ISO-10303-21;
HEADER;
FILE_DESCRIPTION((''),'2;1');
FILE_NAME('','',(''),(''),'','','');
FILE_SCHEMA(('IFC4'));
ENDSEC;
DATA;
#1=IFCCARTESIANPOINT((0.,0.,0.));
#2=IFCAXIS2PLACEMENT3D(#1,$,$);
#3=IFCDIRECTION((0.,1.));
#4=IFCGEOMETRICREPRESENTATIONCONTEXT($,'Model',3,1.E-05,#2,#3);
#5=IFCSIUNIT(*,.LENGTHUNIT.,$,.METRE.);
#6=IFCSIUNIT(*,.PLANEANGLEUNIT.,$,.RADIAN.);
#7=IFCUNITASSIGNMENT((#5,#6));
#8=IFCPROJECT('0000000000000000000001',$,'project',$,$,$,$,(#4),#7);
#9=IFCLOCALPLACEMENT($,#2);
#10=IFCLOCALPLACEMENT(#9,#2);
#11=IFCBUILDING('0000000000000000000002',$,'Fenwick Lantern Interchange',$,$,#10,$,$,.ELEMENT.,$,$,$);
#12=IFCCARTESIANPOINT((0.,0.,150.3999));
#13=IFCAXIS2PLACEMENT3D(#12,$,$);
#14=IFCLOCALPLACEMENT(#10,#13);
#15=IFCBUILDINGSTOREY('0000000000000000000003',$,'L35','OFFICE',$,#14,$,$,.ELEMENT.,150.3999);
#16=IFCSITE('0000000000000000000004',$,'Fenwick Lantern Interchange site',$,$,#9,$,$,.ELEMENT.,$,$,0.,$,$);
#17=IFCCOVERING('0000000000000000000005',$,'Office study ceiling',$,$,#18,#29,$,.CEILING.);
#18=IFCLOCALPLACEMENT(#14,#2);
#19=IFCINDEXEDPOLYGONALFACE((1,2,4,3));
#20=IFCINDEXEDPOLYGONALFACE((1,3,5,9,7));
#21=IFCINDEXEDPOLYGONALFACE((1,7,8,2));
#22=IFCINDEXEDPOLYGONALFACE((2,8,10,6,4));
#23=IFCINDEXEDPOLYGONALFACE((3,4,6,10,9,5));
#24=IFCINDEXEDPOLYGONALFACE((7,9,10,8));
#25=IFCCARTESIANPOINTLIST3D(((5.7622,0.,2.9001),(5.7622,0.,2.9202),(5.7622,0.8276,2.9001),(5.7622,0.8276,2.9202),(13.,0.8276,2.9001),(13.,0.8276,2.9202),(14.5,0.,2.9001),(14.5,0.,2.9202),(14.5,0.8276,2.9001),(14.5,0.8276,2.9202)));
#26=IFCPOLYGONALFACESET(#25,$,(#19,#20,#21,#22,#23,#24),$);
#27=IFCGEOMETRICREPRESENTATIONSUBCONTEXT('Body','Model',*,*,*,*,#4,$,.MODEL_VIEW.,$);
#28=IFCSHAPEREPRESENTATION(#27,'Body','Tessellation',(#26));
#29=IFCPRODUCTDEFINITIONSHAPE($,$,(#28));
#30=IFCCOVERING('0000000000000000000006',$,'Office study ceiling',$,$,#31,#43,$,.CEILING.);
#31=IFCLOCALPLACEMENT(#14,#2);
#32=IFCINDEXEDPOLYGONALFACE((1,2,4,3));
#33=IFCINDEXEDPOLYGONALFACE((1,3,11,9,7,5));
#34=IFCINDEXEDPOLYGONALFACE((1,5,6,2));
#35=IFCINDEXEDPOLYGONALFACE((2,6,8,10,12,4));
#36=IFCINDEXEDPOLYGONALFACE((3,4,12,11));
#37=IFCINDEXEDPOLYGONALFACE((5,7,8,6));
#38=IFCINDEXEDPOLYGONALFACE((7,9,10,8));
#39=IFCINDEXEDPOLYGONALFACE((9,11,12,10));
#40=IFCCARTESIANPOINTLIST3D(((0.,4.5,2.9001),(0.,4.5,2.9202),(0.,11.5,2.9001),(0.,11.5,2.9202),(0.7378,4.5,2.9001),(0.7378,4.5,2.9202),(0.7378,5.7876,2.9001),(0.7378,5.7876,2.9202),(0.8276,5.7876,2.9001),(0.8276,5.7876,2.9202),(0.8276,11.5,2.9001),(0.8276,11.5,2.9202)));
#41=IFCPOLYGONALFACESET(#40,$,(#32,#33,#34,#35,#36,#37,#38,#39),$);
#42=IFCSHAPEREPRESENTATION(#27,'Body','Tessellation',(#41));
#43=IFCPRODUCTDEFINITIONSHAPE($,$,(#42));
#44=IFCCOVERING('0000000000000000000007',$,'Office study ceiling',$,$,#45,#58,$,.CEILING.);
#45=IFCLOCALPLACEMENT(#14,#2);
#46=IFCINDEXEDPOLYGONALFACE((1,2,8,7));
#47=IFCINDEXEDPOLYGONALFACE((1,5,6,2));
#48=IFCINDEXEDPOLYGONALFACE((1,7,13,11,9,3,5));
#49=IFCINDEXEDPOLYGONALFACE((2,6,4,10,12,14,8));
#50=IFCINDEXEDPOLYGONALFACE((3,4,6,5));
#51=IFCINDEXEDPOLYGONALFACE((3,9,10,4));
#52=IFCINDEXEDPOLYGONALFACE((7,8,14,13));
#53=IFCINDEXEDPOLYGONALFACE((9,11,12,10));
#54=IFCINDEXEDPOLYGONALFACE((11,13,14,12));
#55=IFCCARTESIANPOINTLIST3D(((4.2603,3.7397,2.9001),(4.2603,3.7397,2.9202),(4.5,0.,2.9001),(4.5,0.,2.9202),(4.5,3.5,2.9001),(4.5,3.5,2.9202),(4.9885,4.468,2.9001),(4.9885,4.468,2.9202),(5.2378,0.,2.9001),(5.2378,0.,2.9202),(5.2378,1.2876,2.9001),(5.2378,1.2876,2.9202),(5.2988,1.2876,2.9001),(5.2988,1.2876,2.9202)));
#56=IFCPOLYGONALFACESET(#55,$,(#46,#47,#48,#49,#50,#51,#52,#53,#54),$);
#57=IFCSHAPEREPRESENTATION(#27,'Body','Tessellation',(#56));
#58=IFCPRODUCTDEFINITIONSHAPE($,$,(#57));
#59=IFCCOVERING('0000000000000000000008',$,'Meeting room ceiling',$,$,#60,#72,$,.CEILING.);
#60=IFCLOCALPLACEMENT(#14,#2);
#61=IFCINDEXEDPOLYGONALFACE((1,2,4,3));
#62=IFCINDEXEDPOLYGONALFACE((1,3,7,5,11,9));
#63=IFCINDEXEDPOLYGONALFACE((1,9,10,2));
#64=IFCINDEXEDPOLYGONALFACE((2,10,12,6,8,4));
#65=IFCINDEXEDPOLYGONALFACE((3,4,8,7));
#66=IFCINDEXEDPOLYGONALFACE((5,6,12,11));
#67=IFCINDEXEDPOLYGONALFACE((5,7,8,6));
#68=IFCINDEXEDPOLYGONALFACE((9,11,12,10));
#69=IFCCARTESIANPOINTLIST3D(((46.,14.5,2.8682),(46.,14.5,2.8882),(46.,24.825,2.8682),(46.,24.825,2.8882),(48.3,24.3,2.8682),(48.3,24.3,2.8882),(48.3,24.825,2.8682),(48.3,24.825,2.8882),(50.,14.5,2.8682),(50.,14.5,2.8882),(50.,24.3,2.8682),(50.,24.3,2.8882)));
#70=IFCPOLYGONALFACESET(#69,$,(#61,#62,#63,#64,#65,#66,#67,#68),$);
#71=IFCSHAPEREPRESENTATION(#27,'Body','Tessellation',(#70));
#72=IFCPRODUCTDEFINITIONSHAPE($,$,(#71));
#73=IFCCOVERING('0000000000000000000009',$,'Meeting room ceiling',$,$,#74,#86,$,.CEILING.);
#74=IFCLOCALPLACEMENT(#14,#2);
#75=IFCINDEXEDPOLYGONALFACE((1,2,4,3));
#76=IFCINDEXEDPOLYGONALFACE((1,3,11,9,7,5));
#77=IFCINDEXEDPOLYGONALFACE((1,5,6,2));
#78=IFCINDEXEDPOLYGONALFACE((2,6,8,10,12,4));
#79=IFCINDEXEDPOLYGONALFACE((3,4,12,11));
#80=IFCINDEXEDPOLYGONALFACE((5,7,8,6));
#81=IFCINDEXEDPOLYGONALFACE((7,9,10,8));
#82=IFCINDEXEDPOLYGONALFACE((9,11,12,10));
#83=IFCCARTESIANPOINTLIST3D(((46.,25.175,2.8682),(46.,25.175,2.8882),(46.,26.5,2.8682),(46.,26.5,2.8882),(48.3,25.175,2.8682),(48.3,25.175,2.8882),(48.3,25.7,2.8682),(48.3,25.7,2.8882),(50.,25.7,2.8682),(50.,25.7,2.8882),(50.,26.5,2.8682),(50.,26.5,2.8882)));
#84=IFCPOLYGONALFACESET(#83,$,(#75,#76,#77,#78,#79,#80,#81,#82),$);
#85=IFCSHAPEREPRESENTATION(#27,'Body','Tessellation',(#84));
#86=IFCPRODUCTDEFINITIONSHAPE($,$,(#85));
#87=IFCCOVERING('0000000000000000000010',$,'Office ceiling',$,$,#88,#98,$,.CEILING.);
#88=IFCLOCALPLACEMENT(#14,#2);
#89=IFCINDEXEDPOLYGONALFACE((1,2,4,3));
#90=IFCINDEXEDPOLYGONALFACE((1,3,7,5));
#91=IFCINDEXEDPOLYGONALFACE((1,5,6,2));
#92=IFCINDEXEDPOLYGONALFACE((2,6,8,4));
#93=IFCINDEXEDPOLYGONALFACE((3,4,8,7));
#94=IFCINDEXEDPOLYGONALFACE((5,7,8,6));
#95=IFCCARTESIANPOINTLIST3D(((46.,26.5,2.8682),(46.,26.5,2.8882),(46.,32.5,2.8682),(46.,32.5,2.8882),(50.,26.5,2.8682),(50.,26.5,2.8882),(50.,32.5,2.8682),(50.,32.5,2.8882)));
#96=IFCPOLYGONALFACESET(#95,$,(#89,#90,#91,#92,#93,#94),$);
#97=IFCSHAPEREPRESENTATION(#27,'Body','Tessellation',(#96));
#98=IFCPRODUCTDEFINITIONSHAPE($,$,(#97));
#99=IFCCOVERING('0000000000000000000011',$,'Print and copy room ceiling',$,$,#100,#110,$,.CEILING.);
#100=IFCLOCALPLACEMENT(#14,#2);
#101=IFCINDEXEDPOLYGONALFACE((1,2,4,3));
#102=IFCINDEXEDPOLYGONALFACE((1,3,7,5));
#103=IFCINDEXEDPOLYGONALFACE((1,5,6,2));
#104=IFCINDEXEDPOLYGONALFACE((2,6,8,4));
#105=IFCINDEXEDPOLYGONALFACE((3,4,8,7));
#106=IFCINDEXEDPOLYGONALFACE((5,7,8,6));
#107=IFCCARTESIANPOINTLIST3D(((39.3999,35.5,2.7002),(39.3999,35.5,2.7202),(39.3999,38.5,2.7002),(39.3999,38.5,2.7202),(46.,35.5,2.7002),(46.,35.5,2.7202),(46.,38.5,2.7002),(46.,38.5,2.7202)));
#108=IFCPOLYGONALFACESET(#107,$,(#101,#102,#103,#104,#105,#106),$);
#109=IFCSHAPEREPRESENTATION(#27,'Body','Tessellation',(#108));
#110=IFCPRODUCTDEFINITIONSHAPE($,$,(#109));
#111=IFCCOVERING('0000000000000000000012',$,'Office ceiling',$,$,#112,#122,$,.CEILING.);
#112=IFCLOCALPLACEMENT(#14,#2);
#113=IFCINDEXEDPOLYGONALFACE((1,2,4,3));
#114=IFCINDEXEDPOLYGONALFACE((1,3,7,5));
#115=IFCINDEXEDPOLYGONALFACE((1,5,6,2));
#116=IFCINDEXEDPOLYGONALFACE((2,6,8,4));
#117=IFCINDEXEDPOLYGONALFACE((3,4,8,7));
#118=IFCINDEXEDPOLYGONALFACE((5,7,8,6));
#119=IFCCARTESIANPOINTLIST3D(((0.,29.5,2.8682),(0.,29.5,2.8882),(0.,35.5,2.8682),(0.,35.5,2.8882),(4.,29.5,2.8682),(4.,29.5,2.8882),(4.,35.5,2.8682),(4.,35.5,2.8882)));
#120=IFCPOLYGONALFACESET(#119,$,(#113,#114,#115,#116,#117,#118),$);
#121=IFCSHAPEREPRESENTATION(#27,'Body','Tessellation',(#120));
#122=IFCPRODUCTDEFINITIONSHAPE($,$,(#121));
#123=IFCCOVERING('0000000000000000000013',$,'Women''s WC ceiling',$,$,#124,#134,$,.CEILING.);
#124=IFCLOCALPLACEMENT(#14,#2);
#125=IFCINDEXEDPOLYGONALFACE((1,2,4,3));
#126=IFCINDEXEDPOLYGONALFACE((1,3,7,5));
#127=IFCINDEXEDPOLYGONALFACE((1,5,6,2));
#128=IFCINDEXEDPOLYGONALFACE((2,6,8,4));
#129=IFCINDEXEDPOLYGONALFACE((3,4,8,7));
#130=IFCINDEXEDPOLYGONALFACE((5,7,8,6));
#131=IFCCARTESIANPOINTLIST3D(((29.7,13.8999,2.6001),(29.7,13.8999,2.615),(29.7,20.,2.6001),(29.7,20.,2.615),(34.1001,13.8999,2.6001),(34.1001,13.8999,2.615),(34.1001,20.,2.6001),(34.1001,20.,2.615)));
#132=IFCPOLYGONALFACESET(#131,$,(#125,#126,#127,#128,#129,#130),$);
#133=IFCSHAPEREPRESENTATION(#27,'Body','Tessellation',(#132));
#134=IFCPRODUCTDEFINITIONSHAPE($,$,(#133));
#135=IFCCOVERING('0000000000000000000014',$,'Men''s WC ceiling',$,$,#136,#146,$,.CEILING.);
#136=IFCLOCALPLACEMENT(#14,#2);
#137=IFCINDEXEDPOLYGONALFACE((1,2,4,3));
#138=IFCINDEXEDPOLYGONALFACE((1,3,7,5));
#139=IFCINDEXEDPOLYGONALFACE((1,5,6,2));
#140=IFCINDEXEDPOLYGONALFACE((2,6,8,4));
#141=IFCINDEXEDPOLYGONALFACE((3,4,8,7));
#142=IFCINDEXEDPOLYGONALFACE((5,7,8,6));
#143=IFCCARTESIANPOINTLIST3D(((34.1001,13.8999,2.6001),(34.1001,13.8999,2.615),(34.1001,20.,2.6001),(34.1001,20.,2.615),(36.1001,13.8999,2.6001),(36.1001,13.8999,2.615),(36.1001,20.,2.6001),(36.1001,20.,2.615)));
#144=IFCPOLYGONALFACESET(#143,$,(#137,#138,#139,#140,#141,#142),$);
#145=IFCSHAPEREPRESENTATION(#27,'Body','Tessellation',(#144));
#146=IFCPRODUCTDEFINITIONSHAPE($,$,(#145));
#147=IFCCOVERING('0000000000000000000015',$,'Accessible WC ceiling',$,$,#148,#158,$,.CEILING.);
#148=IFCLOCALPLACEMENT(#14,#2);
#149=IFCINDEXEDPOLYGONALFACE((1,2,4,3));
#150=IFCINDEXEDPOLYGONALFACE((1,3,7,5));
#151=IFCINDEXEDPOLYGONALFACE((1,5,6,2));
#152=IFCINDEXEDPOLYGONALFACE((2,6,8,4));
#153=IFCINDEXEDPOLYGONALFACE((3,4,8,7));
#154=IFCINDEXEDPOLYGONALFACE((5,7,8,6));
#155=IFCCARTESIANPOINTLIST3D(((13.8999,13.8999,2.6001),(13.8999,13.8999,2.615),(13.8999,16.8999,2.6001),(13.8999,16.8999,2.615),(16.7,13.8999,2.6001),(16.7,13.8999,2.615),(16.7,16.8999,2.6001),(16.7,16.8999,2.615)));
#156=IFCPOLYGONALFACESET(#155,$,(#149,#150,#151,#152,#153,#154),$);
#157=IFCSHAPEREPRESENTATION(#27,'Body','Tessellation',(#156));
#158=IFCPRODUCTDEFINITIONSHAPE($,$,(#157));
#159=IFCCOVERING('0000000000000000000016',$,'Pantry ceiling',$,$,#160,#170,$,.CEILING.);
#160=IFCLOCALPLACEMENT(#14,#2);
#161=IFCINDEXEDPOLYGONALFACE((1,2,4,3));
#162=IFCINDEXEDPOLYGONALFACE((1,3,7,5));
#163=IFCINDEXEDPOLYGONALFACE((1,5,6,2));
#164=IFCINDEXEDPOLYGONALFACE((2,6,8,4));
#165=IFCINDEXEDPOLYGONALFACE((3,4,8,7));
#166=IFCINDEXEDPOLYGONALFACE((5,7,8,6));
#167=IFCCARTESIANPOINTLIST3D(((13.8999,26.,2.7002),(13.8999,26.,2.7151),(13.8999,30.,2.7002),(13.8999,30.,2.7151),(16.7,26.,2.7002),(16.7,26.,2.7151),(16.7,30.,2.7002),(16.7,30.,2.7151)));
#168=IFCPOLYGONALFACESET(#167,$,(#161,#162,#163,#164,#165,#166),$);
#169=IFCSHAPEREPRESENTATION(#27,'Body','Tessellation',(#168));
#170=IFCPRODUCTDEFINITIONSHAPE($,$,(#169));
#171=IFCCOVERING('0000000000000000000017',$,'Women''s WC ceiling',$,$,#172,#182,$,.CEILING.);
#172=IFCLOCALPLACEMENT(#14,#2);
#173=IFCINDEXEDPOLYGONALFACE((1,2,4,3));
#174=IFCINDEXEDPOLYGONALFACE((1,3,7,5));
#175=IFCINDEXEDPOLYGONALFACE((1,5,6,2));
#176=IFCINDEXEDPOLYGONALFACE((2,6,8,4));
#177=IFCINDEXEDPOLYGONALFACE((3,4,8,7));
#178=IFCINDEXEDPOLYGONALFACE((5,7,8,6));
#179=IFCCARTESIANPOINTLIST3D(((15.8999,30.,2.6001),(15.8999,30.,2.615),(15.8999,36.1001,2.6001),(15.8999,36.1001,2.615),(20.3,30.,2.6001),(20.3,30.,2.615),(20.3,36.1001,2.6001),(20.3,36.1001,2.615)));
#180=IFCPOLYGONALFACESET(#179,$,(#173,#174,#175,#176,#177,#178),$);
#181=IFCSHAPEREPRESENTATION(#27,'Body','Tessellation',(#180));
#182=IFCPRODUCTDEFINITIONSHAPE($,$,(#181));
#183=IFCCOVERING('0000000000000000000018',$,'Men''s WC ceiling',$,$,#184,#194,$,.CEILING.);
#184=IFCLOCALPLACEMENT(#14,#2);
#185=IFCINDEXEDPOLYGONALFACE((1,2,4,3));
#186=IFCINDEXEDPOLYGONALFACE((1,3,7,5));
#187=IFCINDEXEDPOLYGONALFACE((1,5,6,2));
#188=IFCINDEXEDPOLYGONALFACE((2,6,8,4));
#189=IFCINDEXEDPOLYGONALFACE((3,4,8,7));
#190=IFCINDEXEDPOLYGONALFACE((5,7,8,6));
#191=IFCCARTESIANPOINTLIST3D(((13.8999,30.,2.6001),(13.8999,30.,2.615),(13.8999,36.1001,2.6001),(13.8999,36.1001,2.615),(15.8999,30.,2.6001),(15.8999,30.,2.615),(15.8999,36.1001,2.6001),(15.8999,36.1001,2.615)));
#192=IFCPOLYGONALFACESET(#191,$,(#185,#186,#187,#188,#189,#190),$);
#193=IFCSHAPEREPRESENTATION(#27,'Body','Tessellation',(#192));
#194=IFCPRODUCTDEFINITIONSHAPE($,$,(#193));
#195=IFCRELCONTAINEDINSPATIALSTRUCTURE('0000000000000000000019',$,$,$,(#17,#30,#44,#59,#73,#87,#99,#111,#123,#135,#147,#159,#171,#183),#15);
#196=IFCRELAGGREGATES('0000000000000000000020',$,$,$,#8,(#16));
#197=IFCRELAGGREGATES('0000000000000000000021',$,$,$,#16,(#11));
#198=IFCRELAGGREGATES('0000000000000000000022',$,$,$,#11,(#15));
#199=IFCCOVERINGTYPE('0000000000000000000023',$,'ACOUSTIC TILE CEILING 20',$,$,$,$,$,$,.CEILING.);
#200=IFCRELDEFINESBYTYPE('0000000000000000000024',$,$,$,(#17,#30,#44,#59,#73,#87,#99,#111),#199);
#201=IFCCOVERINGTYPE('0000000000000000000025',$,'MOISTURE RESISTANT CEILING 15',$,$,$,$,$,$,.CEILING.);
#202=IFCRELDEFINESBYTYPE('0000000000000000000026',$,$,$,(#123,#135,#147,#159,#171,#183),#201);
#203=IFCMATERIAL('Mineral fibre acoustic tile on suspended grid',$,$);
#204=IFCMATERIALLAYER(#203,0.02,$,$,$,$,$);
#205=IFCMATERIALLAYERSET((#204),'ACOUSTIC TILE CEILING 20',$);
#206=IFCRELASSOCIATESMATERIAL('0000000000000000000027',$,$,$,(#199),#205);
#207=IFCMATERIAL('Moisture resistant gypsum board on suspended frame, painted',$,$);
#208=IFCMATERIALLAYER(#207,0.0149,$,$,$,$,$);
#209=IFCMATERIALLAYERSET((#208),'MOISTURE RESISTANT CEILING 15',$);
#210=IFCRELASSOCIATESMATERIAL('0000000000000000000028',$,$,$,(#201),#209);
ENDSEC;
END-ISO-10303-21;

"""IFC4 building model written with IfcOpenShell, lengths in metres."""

from ifc_helpers import new_model, si_unit, direction, frame, origin, place, context, subcontext, project, spatial, polyline, outline, extrude, material, layer, layer_set, type_object, element, save


model = new_model("IFC4")

# Units and contexts
model_context = context("Model", 3, precision=1e-05, world=origin(), true_north=direction((0.0, 1.0)))
body_context = subcontext(model_context, "Body", "Model", "MODEL_VIEW")
ifc_project = project(units=[si_unit("LENGTHUNIT", "METRE"), si_unit("PLANEANGLEUNIT", "RADIAN")], contexts=[model_context])

# Site, building, storey
site_placement = place(None, origin())
site = spatial("IfcSite", under=ifc_project, at=site_placement, Name="Fenwick Lantern Interchange site", CompositionType="ELEMENT", RefElevation=0.0)
building_placement = place(site_placement, origin())
building = spatial("IfcBuilding", under=site, at=building_placement, Name="Fenwick Lantern Interchange", CompositionType="ELEMENT")
storey_placement = place(building_placement, frame((0.0, 0.0, 150.3999)))
storey = spatial("IfcBuildingStorey", under=building, at=storey_placement, Name="L35", Description="OFFICE", CompositionType="ELEMENT", Elevation=150.3999)

# Coverings
ifc_material_1 = material(Name="Mineral fibre acoustic tile on suspended grid")
ifc_layer_1 = layer(ifc_material_1, 0.02)
ifc_layer_set_1 = layer_set([ifc_layer_1], Name="ACOUSTIC TILE CEILING 20")
covering_type_1 = type_object("IfcCoveringType", Name="ACOUSTIC TILE CEILING 20", PredefinedType="CEILING", material=ifc_layer_set_1)
covering_1_placement = place(storey_placement, frame((0.0, 0.0, 2.9001)))
element("IfcCovering", 1, at=covering_1_placement, inside=storey, type_object=covering_type_1, Name="Office study ceiling", PredefinedType="CEILING", context=body_context, shape_type="SweptSolid", body=[
    extrude(outline(polyline([(14.5, 0.0), (14.5, 0.8276), (13.0, 0.8276), (5.7622, 0.8276), (5.7622, 0.0), (14.5, 0.0)])), origin(), (0.0, 0.0, 1.0), 0.02),
])
covering_2_placement = place(storey_placement, frame((0.0, 0.0, 2.9001)))
element("IfcCovering", 2, at=covering_2_placement, inside=storey, type_object=covering_type_1, Name="Office study ceiling", PredefinedType="CEILING", context=body_context, shape_type="SweptSolid", body=[
    extrude(outline(polyline([(0.7378, 5.7876), (0.8276, 5.7876), (0.8276, 11.5), (0.0, 11.5), (0.0, 4.5), (0.7378, 4.5), (0.7378, 5.7876)])), origin(), (0.0, 0.0, 1.0), 0.02),
])
covering_3_placement = place(storey_placement, frame((0.0, 0.0, 2.9001)))
element("IfcCovering", 3, at=covering_3_placement, inside=storey, type_object=covering_type_1, Name="Office study ceiling", PredefinedType="CEILING", context=body_context, shape_type="SweptSolid", body=[
    extrude(outline(polyline([(5.2378, 1.2876), (5.2988, 1.2876), (4.9885, 4.468), (4.2603, 3.7397), (4.5, 3.5), (4.5, 0.0), (5.2378, 0.0), (5.2378, 1.2876)])), origin(), (0.0, 0.0, 1.0), 0.02),
])
covering_4_placement = place(storey_placement, frame((0.0, 0.0, 2.8682)))
element("IfcCovering", 4, at=covering_4_placement, inside=storey, type_object=covering_type_1, Name="Meeting room ceiling", PredefinedType="CEILING", context=body_context, shape_type="SweptSolid", body=[
    extrude(outline(polyline([(46.0, 24.825), (46.0, 14.5), (50.0, 14.5), (50.0, 24.3), (48.3, 24.3), (48.3, 24.825), (46.0, 24.825)])), origin(), (0.0, 0.0, 1.0), 0.02),
])
covering_5_placement = place(storey_placement, frame((0.0, 0.0, 2.8682)))
element("IfcCovering", 5, at=covering_5_placement, inside=storey, type_object=covering_type_1, Name="Meeting room ceiling", PredefinedType="CEILING", context=body_context, shape_type="SweptSolid", body=[
    extrude(outline(polyline([(46.0, 26.5), (46.0, 25.175), (48.3, 25.175), (48.3, 25.7), (50.0, 25.7), (50.0, 26.5), (46.0, 26.5)])), origin(), (0.0, 0.0, 1.0), 0.02),
])
covering_6_placement = place(storey_placement, frame((0.0, 0.0, 2.8682)))
element("IfcCovering", 6, at=covering_6_placement, inside=storey, type_object=covering_type_1, Name="Office ceiling", PredefinedType="CEILING", context=body_context, shape_type="SweptSolid", body=[
    extrude(outline(polyline([(50.0, 26.5), (50.0, 32.5), (46.0, 32.5), (46.0, 26.5), (50.0, 26.5)])), origin(), (0.0, 0.0, 1.0), 0.02),
])
covering_7_placement = place(storey_placement, frame((0.0, 0.0, 2.7002)))
element("IfcCovering", 7, at=covering_7_placement, inside=storey, type_object=covering_type_1, Name="Print and copy room ceiling", PredefinedType="CEILING", context=body_context, shape_type="SweptSolid", body=[
    extrude(outline(polyline([(46.0, 35.5), (46.0, 38.5), (39.3999, 38.5), (39.3999, 35.5), (46.0, 35.5)])), origin(), (0.0, 0.0, 1.0), 0.02),
])
covering_8_placement = place(storey_placement, frame((0.0, 0.0, 2.8682)))
element("IfcCovering", 8, at=covering_8_placement, inside=storey, type_object=covering_type_1, Name="Office ceiling", PredefinedType="CEILING", context=body_context, shape_type="SweptSolid", body=[
    extrude(outline(polyline([(0.0, 35.5), (0.0, 29.5), (4.0, 29.5), (4.0, 35.5), (0.0, 35.5)])), origin(), (0.0, 0.0, 1.0), 0.02),
])
ifc_material_2 = material(Name="Moisture resistant gypsum board on suspended frame, painted")
ifc_layer_2 = layer(ifc_material_2, 0.0149)
ifc_layer_set_2 = layer_set([ifc_layer_2], Name="MOISTURE RESISTANT CEILING 15")
covering_type_2 = type_object("IfcCoveringType", Name="MOISTURE RESISTANT CEILING 15", PredefinedType="CEILING", material=ifc_layer_set_2)
covering_9_placement = place(storey_placement, frame((0.0, 0.0, 2.6001)))
element("IfcCovering", 9, at=covering_9_placement, inside=storey, type_object=covering_type_2, Name="Women's WC ceiling", PredefinedType="CEILING", context=body_context, shape_type="SweptSolid", body=[
    extrude(outline(polyline([(29.7, 13.8999), (34.1001, 13.8999), (34.1001, 20.0), (29.7, 20.0), (29.7, 13.8999)])), origin(), (0.0, 0.0, 1.0), 0.0149),
])
covering_10_placement = place(storey_placement, frame((0.0, 0.0, 2.6001)))
element("IfcCovering", 10, at=covering_10_placement, inside=storey, type_object=covering_type_2, Name="Men's WC ceiling", PredefinedType="CEILING", context=body_context, shape_type="SweptSolid", body=[
    extrude(outline(polyline([(34.1001, 13.8999), (36.1001, 13.8999), (36.1001, 20.0), (34.1001, 20.0), (34.1001, 13.8999)])), origin(), (0.0, 0.0, 1.0), 0.0149),
])
covering_11_placement = place(storey_placement, frame((0.0, 0.0, 2.6001)))
element("IfcCovering", 11, at=covering_11_placement, inside=storey, type_object=covering_type_2, Name="Accessible WC ceiling", PredefinedType="CEILING", context=body_context, shape_type="SweptSolid", body=[
    extrude(outline(polyline([(13.8999, 13.8999), (16.7, 13.8999), (16.7, 16.8999), (13.8999, 16.8999), (13.8999, 13.8999)])), origin(), (0.0, 0.0, 1.0), 0.0149),
])
covering_12_placement = place(storey_placement, frame((0.0, 0.0, 2.7002)))
element("IfcCovering", 12, at=covering_12_placement, inside=storey, type_object=covering_type_2, Name="Pantry ceiling", PredefinedType="CEILING", context=body_context, shape_type="SweptSolid", body=[
    extrude(outline(polyline([(13.8999, 26.0), (16.7, 26.0), (16.7, 30.0), (13.8999, 30.0), (13.8999, 26.0)])), origin(), (0.0, 0.0, 1.0), 0.0149),
])
covering_13_placement = place(storey_placement, frame((0.0, 0.0, 2.6001)))
element("IfcCovering", 13, at=covering_13_placement, inside=storey, type_object=covering_type_2, Name="Women's WC ceiling", PredefinedType="CEILING", context=body_context, shape_type="SweptSolid", body=[
    extrude(outline(polyline([(20.3, 36.1001), (15.8999, 36.1001), (15.8999, 30.0), (20.3, 30.0), (20.3, 36.1001)])), origin(), (0.0, 0.0, 1.0), 0.0149),
])
covering_14_placement = place(storey_placement, frame((0.0, 0.0, 2.6001)))
element("IfcCovering", 14, at=covering_14_placement, inside=storey, type_object=covering_type_2, Name="Men's WC ceiling", PredefinedType="CEILING", context=body_context, shape_type="SweptSolid", body=[
    extrude(outline(polyline([(15.8999, 36.1001), (13.8999, 36.1001), (13.8999, 30.0), (15.8999, 30.0), (15.8999, 36.1001)])), origin(), (0.0, 0.0, 1.0), 0.0149),
])

save(model, "model.ifc")
